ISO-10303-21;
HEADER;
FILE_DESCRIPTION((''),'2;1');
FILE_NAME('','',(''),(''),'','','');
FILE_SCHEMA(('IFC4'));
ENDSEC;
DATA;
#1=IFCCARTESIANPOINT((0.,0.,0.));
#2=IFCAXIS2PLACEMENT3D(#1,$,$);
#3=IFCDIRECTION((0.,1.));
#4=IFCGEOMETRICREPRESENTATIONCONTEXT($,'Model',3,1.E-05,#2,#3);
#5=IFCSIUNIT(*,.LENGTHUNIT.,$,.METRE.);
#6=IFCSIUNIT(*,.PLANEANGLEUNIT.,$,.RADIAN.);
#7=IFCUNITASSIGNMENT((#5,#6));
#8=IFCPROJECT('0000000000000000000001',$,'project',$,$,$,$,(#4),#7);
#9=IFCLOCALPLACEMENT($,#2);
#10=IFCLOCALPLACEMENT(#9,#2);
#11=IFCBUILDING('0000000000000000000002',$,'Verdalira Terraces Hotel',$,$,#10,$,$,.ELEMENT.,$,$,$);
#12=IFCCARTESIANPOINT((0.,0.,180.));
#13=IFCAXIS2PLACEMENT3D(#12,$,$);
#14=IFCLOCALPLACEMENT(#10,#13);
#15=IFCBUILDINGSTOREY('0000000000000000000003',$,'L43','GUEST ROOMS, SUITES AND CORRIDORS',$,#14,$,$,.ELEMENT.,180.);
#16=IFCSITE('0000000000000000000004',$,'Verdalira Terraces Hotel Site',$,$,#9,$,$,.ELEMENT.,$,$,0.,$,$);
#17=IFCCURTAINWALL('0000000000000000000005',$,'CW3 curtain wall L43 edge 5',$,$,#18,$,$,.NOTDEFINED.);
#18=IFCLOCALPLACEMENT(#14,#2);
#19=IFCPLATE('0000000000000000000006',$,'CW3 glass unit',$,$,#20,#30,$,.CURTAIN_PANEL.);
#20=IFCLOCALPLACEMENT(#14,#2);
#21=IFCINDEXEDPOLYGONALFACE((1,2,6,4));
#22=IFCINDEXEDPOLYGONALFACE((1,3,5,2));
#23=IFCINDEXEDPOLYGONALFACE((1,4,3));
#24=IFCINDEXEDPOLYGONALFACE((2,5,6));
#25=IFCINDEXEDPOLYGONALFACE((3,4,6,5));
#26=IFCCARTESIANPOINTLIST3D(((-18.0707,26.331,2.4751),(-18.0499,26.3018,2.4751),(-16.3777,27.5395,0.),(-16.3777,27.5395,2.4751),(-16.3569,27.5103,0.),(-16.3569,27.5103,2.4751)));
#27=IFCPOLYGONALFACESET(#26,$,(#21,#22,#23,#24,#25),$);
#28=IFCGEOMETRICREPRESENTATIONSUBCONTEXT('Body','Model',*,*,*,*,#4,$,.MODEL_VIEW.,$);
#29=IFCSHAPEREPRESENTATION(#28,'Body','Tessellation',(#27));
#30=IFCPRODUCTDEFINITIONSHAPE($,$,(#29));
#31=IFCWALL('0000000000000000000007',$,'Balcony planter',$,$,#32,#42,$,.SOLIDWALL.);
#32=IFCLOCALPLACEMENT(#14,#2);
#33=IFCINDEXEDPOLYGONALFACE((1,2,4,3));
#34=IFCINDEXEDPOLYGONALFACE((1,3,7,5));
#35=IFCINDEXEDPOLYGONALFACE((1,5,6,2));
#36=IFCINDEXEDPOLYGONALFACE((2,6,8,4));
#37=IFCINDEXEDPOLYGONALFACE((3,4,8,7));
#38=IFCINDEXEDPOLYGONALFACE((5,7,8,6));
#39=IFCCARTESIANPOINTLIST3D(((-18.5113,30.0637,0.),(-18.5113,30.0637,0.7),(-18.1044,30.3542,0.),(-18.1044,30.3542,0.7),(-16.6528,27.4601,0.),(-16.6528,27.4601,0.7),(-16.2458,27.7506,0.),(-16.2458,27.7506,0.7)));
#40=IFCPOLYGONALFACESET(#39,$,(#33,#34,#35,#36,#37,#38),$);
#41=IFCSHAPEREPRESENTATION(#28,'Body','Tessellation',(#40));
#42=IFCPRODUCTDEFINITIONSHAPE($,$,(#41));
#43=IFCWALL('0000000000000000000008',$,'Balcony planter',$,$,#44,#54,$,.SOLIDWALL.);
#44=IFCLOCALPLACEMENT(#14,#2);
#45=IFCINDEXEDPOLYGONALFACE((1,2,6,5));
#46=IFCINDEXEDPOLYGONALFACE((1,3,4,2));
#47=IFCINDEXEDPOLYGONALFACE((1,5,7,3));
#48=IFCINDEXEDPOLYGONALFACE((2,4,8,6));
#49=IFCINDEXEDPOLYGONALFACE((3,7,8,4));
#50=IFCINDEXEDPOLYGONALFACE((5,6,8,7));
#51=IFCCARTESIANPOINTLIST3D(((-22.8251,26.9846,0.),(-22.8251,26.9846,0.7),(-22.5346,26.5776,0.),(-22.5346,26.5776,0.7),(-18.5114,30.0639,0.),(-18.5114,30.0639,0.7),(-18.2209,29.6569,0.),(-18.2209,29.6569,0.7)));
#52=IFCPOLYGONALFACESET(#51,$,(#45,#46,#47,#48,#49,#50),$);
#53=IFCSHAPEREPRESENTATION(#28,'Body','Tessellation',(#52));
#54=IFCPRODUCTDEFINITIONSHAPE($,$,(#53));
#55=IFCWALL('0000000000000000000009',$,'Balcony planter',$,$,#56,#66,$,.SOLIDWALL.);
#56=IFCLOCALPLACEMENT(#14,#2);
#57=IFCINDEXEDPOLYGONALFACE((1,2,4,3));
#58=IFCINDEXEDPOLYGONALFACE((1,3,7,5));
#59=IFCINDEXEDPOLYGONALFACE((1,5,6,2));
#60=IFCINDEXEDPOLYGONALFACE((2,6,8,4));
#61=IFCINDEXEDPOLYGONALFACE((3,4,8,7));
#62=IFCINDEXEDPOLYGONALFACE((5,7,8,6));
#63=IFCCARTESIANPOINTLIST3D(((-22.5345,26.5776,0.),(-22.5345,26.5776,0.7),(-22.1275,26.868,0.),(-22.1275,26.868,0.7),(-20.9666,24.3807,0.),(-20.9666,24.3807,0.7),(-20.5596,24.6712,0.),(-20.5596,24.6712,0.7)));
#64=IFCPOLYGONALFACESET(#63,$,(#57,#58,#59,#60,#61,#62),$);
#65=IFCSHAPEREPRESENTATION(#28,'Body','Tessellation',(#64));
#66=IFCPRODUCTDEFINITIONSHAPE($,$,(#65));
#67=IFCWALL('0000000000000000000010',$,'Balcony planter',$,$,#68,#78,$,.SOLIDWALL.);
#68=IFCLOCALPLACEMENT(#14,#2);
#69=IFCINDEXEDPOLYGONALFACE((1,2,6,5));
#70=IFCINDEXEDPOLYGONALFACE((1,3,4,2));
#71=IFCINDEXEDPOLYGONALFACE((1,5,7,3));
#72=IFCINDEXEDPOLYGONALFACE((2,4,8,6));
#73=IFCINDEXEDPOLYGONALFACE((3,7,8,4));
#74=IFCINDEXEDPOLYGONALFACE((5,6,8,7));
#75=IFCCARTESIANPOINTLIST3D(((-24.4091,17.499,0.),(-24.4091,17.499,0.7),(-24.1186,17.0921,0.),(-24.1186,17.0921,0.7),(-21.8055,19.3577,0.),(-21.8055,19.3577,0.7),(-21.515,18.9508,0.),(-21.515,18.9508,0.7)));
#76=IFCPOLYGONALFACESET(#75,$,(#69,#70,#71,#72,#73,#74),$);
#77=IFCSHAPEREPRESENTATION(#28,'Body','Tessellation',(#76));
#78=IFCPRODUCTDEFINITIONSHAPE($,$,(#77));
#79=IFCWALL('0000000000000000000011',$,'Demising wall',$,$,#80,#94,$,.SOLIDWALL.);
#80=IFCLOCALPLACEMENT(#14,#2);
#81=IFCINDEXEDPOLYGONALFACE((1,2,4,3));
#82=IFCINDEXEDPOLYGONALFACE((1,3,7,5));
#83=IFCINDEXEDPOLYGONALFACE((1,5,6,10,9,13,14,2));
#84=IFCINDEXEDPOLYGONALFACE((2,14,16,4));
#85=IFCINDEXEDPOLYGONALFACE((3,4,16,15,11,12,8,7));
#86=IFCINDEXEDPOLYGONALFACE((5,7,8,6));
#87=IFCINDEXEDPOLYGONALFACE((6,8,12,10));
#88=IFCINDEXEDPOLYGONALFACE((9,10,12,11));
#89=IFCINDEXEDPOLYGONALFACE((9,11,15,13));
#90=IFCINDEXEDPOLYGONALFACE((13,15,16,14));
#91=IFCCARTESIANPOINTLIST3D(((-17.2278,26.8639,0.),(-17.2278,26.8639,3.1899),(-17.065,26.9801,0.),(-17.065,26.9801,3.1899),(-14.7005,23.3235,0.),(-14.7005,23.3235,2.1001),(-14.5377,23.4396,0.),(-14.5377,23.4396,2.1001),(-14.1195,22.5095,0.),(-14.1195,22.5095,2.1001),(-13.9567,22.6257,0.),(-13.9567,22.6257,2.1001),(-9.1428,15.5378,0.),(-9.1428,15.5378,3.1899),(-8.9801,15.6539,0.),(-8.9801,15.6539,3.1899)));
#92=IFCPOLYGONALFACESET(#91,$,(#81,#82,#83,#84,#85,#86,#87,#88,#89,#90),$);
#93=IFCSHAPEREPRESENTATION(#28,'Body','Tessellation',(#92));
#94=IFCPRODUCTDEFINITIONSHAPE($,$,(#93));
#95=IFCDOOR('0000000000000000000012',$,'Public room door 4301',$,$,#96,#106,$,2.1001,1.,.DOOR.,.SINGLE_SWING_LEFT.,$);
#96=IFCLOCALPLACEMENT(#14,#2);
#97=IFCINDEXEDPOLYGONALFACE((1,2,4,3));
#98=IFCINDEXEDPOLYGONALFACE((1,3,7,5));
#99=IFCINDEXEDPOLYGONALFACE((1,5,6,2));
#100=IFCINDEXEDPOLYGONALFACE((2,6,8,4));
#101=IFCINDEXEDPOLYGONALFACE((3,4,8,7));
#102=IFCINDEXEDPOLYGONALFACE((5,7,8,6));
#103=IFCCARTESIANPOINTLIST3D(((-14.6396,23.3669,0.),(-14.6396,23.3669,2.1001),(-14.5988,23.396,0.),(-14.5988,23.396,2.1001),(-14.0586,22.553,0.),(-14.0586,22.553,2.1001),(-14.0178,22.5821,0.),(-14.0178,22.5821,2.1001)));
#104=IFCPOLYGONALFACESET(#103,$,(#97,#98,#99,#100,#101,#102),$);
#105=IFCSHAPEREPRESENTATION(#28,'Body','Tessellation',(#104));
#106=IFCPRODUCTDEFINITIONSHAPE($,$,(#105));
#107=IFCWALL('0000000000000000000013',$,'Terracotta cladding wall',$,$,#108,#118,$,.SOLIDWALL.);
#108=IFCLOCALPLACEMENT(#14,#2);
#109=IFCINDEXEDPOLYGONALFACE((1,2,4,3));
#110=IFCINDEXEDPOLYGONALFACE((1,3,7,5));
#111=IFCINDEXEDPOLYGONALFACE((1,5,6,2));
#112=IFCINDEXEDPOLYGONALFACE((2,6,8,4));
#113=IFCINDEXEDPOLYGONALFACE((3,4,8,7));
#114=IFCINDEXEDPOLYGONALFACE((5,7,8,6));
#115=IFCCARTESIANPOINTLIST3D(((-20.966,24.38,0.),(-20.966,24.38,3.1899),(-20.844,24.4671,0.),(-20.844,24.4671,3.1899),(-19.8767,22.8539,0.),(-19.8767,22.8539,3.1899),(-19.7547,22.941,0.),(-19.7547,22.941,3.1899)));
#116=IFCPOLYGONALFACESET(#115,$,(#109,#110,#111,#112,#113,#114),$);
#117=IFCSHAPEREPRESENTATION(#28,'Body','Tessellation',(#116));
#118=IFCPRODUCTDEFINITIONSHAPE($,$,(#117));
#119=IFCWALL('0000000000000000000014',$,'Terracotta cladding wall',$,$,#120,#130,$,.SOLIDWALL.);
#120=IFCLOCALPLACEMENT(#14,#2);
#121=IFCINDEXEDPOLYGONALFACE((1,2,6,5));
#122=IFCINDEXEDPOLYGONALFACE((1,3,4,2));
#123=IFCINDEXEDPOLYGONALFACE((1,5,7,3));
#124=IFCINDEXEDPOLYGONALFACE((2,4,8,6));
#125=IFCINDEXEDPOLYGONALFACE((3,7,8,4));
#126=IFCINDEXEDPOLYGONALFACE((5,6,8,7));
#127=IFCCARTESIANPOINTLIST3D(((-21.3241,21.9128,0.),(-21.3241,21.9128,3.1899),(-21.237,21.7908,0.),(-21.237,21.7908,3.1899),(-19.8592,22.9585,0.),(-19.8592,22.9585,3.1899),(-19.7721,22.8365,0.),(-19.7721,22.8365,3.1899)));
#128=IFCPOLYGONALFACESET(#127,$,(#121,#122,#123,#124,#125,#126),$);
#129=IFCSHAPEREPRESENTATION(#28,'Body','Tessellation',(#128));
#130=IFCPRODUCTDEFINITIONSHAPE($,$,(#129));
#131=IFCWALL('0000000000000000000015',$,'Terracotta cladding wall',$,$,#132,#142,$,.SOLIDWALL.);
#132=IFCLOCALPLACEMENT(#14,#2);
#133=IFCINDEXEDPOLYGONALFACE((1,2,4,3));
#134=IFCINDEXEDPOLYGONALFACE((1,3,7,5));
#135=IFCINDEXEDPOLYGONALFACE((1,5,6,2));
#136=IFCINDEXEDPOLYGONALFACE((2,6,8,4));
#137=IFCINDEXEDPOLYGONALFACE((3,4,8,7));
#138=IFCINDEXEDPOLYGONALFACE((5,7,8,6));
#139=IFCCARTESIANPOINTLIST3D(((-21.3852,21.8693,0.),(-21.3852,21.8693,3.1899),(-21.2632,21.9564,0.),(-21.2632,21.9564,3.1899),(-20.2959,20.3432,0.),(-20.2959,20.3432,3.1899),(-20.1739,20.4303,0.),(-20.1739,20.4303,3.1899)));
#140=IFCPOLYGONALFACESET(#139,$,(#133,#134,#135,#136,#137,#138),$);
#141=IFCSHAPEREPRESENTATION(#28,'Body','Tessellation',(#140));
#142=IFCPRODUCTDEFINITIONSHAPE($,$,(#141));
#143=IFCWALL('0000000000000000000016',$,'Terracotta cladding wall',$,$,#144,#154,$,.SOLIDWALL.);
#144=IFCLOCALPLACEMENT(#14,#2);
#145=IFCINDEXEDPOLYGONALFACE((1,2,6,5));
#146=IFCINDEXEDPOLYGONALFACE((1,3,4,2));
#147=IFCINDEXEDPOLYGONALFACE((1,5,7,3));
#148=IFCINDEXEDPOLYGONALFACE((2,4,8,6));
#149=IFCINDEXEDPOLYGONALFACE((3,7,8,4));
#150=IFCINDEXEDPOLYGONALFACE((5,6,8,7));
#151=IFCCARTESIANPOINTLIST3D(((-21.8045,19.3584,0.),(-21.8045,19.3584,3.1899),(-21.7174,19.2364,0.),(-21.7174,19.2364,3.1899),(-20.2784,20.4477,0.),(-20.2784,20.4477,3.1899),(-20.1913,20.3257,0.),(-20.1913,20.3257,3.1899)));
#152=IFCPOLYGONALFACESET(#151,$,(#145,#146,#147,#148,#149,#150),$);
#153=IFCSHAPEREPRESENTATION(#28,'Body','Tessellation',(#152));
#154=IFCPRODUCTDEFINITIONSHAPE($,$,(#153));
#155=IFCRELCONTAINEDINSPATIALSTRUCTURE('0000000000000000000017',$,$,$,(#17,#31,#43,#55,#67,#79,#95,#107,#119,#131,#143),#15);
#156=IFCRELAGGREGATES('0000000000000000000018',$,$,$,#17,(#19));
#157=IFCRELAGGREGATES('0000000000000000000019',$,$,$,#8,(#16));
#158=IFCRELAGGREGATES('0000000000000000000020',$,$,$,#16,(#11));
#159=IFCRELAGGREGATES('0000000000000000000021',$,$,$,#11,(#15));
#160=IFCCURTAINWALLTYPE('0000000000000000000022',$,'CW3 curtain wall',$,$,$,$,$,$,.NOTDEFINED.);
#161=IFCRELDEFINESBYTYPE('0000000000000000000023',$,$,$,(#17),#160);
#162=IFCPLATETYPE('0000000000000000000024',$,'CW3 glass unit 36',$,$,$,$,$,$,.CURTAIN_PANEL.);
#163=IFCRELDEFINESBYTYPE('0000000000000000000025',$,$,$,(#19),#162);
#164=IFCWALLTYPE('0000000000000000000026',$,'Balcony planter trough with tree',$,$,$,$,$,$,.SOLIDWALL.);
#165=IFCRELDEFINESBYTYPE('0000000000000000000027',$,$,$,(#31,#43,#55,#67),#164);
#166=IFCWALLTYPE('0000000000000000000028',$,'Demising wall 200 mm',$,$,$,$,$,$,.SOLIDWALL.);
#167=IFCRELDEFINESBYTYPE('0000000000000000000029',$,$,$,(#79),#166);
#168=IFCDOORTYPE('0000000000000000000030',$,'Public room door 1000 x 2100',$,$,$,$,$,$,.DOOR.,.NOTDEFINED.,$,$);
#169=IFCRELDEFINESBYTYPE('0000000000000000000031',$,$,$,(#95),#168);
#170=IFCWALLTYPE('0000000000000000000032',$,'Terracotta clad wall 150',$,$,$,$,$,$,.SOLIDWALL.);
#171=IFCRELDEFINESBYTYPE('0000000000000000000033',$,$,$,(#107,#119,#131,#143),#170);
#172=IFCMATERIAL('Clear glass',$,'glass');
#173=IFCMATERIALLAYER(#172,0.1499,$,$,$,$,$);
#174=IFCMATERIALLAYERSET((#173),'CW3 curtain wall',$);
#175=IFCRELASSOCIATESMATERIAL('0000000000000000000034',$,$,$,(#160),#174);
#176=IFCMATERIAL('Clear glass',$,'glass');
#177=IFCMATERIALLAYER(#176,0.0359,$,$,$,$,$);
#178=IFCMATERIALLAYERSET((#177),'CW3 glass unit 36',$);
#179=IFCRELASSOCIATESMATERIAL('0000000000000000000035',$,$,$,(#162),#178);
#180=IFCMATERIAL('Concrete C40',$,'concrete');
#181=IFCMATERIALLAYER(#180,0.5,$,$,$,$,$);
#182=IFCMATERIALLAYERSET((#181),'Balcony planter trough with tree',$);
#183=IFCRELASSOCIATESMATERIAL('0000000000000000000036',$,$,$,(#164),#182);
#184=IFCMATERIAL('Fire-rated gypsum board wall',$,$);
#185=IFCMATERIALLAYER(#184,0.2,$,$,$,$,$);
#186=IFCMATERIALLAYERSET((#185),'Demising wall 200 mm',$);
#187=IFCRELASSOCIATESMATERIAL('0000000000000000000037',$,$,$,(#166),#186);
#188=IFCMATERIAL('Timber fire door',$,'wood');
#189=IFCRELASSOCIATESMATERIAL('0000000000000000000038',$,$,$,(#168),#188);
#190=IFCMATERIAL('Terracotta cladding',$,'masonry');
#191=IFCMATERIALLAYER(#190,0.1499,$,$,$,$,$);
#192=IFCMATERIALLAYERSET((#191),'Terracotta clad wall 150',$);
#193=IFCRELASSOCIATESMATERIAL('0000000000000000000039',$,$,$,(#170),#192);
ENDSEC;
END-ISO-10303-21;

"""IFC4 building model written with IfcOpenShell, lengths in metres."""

from ifc_helpers import new_model, si_unit, direction, frame, frame_2d, origin, place, context, subcontext, project, spatial, polyline, rectangle, outline, extrude, material, layer, layer_set, type_object, element, fill, aggregate, save


model = new_model("IFC4")

# Units and contexts
model_context = context("Model", 3, precision=1e-05, world=origin(), true_north=direction((0.0, 1.0)))
body_context = subcontext(model_context, "Body", "Model", "MODEL_VIEW")
ifc_project = project(units=[si_unit("LENGTHUNIT", "METRE"), si_unit("PLANEANGLEUNIT", "RADIAN")], contexts=[model_context])

# Site, building, storey
site_placement = place(None, origin())
site = spatial("IfcSite", under=ifc_project, at=site_placement, Name="Verdalira Terraces Hotel Site", CompositionType="ELEMENT", RefElevation=0.0)
building_placement = place(site_placement, origin())
building = spatial("IfcBuilding", under=site, at=building_placement, Name="Verdalira Terraces Hotel", CompositionType="ELEMENT")
storey_placement = place(building_placement, frame((0.0, 0.0, 180.0)))
storey = spatial("IfcBuildingStorey", under=building, at=storey_placement, Name="L43", Description="GUEST ROOMS, SUITES AND CORRIDORS", CompositionType="ELEMENT", Elevation=180.0)

# Curtain wall
ifc_material_1 = material(Name="Clear glass", Category="glass")
ifc_layer_1 = layer(ifc_material_1, 0.1499)
ifc_layer_set_1 = layer_set([ifc_layer_1], Name="CW3 curtain wall")
curtain_wall_type_1 = type_object("IfcCurtainWallType", Name="CW3 curtain wall", PredefinedType="NOTDEFINED", material=ifc_layer_set_1)
curtain_wall_1_placement = place(storey_placement, origin())
curtain_wall_1 = element("IfcCurtainWall", 1, at=curtain_wall_1_placement, inside=storey, type_object=curtain_wall_type_1, Name="CW3 curtain wall L43 edge 5", PredefinedType="NOTDEFINED")

# Plate
ifc_material_2 = material(Name="Clear glass", Category="glass")
ifc_layer_2 = layer(ifc_material_2, 0.0359)
ifc_layer_set_2 = layer_set([ifc_layer_2], Name="CW3 glass unit 36")
plate_type = type_object("IfcPlateType", Name="CW3 glass unit 36", PredefinedType="CURTAIN_PANEL", material=ifc_layer_set_2)
plate_1_placement = place(storey_placement, frame((-17.2034, 26.906, 1.2375), z_axis=(-0.580987, 0.813913, 0.0), x_axis=(-0.813913, -0.580987, 0.0)))
plate_1 = element("IfcPlate", 2, at=plate_1_placement, type_object=plate_type, Name="CW3 glass unit", PredefinedType="CURTAIN_PANEL", context=body_context, shape_type="SweptSolid", body=[
    extrude(outline(polyline([(-1.04, -1.2375), (1.04, 1.2375), (-1.04, 1.2375), (-1.04, -1.2375)])), origin(), (0.0, 0.0, 1.0), 0.0359),
])
aggregate(curtain_wall_1, [plate_1])

# Walls
ifc_material_3 = material(Name="Concrete C40", Category="concrete")
ifc_layer_3 = layer(ifc_material_3, 0.5)
ifc_layer_set_3 = layer_set([ifc_layer_3], Name="Balcony planter trough with tree")
wall_type_1 = type_object("IfcWallType", Name="Balcony planter trough with tree", PredefinedType="SOLIDWALL", material=ifc_layer_set_3)
wall_1_placement = place(storey_placement, frame((-16.4492, 27.6052, 0.0), z_axis=(0.0, 0.0, 1.0), x_axis=(-0.580993, 0.813909, 0.0)))
element("IfcWall", 3, at=wall_1_placement, inside=storey, type_object=wall_type_1, Name="Balcony planter", PredefinedType="SOLIDWALL", context=body_context, shape_type="SweptSolid", body=[
    extrude(rectangle(XDim=3.199, YDim=0.5, at=frame_2d((1.5996, 0.0))), origin(), (0.0, 0.0, 1.0), 0.7),
])
wall_2_placement = place(storey_placement, frame((-18.3662, 29.8604, 0.0), z_axis=(0.0, 0.0, 1.0), x_axis=(-0.813902, -0.581003, 0.0)))
element("IfcWall", 4, at=wall_2_placement, inside=storey, type_object=wall_type_1, Name="Balcony planter", PredefinedType="SOLIDWALL", context=body_context, shape_type="SweptSolid", body=[
    extrude(rectangle(XDim=5.3, YDim=0.5, at=frame_2d((2.6499, 0.0))), origin(), (0.0, 0.0, 1.0), 0.7),
])
wall_3_placement = place(storey_placement, frame((-22.3311, 26.7229, 0.0), z_axis=(0.0, 0.0, 1.0), x_axis=(0.58093, -0.813953, 0.0)))
element("IfcWall", 5, at=wall_3_placement, inside=storey, type_object=wall_type_1, Name="Balcony planter", PredefinedType="SOLIDWALL", context=body_context, shape_type="SweptSolid", body=[
    extrude(rectangle(XDim=2.699, YDim=0.5, at=frame_2d((1.3496, 0.0))), origin(), (0.0, 0.0, 1.0), 0.7),
])
wall_4_placement = place(storey_placement, frame((-21.6602, 19.1543, 0.0), z_axis=(0.0, 0.0, 1.0), x_axis=(-0.813883, -0.581029, 0.0)))
element("IfcWall", 6, at=wall_4_placement, inside=storey, type_object=wall_type_1, Name="Balcony planter", PredefinedType="SOLIDWALL", context=body_context, shape_type="SweptSolid", body=[
    extrude(rectangle(XDim=3.199, YDim=0.5, at=frame_2d((1.5996, 0.0))), origin(), (0.0, 0.0, 1.0), 0.7),
])

# Wall, opening, door
ifc_material_4 = material(Name="Fire-rated gypsum board wall")
ifc_layer_4 = layer(ifc_material_4, 0.2)
ifc_layer_set_4 = layer_set([ifc_layer_4], Name="Demising wall 200 mm")
wall_type_2 = type_object("IfcWallType", Name="Demising wall 200 mm", PredefinedType="SOLIDWALL", material=ifc_layer_set_4)
wall_5_placement = place(storey_placement, frame((-17.1465, 26.9221, 0.0), z_axis=(0.0, 0.0, 1.0), x_axis=(0.580993, -0.813909, 0.0)))
wall_5 = element("IfcWall", 7, at=wall_5_placement, inside=storey, type_object=wall_type_2, Name="Demising wall", PredefinedType="SOLIDWALL", context=body_context, shape_type="SweptSolid", body=[
    extrude(rectangle(XDim=13.9158, YDim=0.2, at=frame_2d((6.958, 0.0))), origin(), (0.0, 0.0, 1.0), 3.1899),
])
opening_1_placement = place(wall_5_placement, frame((4.3501, 0.0, 0.0)))
opening_1 = element("IfcOpeningElement", 8, at=opening_1_placement, cuts=wall_5, PredefinedType="OPENING", context=body_context, shape_type="SweptSolid", body=[
    extrude(rectangle(XDim=1.0, YDim=2.1001, at=frame_2d((0.5, 1.05))), frame((0.0, 0.1099, 0.0), z_axis=(0.0, -1.0, 0.0), x_axis=(1.0, 0.0, 0.0)), (0.0, 0.0, 1.0), 0.22),
])
ifc_material_5 = material(Name="Timber fire door", Category="wood")
door_type_1 = type_object("IfcDoorType", Name="Public room door 1000 x 2100", OperationType="NOTDEFINED", PredefinedType="DOOR", material=ifc_material_5)
door_1_placement = place(opening_1_placement, origin())
door_1 = element("IfcDoor", 9, at=door_1_placement, inside=storey, type_object=door_type_1, Name="Public room door 4301", OperationType="SINGLE_SWING_LEFT", OverallHeight=2.1001, OverallWidth=1.0, PredefinedType="DOOR", context=body_context, shape_type="SweptSolid", body=[
    extrude(rectangle(XDim=1.0, YDim=2.1001, at=frame_2d((0.5, 1.05))), frame((0.0, 0.0249, 0.0), z_axis=(0.0, -1.0, 0.0), x_axis=(1.0, 0.0, 0.0)), (0.0, 0.0, 1.0), 0.05),
])
fill(opening_1, door_1)

# Walls
ifc_material_6 = material(Name="Terracotta cladding", Category="masonry")
ifc_layer_5 = layer(ifc_material_6, 0.1499)
ifc_layer_set_5 = layer_set([ifc_layer_5], Name="Terracotta clad wall 150")
wall_type_3 = type_object("IfcWallType", Name="Terracotta clad wall 150", PredefinedType="SOLIDWALL", material=ifc_layer_set_5)
wall_6_placement = place(storey_placement, frame((-20.905, 24.4236, 0.0), z_axis=(0.0, 0.0, 1.0), x_axis=(0.58098, -0.813918, 0.0)))
element("IfcWall", 10, at=wall_6_placement, inside=storey, type_object=wall_type_3, Name="Terracotta cladding wall", PredefinedType="SOLIDWALL", context=body_context, shape_type="SweptSolid", body=[
    extrude(rectangle(XDim=1.875, YDim=0.1499, at=frame_2d((0.9375, 0.0))), origin(), (0.0, 0.0, 1.0), 3.1899),
])
wall_7_placement = place(storey_placement, frame((-19.8157, 22.8975, 0.0), z_axis=(0.0, 0.0, 1.0), x_axis=(-0.813908, -0.580994, 0.0)))
element("IfcWall", 11, at=wall_7_placement, inside=storey, type_object=wall_type_3, Name="Terracotta cladding wall", PredefinedType="SOLIDWALL", context=body_context, shape_type="SweptSolid", body=[
    extrude(rectangle(XDim=1.7998, YDim=0.1499, at=frame_2d((0.8999, 0.0))), origin(), (0.0, 0.0, 1.0), 3.1899),
])
for number, where, z_axis, x_axis, name in (
    (12, (-21.3242, 21.9128, 0.0), (0.0, 0.0, 1.0), (0.58098, -0.813918, 0.0), "Terracotta cladding wall"),
    (13, (-20.2349, 20.3867, 0.0), (0.0, 0.0, 1.0), (-0.813918, -0.58098, 0.0), "Terracotta cladding wall"),
):
    element("IfcWall", number, at=place(storey_placement, frame(where, z_axis=z_axis, x_axis=x_axis)), inside=storey, type_object=wall_type_3, Name=name, PredefinedType="SOLIDWALL", context=body_context, shape_type="SweptSolid", body=[
        extrude(rectangle(XDim=1.875, YDim=0.1499, at=frame_2d((0.9375, 0.0))), origin(), (0.0, 0.0, 1.0), 3.1899),
    ])

save(model, "model.ifc")
